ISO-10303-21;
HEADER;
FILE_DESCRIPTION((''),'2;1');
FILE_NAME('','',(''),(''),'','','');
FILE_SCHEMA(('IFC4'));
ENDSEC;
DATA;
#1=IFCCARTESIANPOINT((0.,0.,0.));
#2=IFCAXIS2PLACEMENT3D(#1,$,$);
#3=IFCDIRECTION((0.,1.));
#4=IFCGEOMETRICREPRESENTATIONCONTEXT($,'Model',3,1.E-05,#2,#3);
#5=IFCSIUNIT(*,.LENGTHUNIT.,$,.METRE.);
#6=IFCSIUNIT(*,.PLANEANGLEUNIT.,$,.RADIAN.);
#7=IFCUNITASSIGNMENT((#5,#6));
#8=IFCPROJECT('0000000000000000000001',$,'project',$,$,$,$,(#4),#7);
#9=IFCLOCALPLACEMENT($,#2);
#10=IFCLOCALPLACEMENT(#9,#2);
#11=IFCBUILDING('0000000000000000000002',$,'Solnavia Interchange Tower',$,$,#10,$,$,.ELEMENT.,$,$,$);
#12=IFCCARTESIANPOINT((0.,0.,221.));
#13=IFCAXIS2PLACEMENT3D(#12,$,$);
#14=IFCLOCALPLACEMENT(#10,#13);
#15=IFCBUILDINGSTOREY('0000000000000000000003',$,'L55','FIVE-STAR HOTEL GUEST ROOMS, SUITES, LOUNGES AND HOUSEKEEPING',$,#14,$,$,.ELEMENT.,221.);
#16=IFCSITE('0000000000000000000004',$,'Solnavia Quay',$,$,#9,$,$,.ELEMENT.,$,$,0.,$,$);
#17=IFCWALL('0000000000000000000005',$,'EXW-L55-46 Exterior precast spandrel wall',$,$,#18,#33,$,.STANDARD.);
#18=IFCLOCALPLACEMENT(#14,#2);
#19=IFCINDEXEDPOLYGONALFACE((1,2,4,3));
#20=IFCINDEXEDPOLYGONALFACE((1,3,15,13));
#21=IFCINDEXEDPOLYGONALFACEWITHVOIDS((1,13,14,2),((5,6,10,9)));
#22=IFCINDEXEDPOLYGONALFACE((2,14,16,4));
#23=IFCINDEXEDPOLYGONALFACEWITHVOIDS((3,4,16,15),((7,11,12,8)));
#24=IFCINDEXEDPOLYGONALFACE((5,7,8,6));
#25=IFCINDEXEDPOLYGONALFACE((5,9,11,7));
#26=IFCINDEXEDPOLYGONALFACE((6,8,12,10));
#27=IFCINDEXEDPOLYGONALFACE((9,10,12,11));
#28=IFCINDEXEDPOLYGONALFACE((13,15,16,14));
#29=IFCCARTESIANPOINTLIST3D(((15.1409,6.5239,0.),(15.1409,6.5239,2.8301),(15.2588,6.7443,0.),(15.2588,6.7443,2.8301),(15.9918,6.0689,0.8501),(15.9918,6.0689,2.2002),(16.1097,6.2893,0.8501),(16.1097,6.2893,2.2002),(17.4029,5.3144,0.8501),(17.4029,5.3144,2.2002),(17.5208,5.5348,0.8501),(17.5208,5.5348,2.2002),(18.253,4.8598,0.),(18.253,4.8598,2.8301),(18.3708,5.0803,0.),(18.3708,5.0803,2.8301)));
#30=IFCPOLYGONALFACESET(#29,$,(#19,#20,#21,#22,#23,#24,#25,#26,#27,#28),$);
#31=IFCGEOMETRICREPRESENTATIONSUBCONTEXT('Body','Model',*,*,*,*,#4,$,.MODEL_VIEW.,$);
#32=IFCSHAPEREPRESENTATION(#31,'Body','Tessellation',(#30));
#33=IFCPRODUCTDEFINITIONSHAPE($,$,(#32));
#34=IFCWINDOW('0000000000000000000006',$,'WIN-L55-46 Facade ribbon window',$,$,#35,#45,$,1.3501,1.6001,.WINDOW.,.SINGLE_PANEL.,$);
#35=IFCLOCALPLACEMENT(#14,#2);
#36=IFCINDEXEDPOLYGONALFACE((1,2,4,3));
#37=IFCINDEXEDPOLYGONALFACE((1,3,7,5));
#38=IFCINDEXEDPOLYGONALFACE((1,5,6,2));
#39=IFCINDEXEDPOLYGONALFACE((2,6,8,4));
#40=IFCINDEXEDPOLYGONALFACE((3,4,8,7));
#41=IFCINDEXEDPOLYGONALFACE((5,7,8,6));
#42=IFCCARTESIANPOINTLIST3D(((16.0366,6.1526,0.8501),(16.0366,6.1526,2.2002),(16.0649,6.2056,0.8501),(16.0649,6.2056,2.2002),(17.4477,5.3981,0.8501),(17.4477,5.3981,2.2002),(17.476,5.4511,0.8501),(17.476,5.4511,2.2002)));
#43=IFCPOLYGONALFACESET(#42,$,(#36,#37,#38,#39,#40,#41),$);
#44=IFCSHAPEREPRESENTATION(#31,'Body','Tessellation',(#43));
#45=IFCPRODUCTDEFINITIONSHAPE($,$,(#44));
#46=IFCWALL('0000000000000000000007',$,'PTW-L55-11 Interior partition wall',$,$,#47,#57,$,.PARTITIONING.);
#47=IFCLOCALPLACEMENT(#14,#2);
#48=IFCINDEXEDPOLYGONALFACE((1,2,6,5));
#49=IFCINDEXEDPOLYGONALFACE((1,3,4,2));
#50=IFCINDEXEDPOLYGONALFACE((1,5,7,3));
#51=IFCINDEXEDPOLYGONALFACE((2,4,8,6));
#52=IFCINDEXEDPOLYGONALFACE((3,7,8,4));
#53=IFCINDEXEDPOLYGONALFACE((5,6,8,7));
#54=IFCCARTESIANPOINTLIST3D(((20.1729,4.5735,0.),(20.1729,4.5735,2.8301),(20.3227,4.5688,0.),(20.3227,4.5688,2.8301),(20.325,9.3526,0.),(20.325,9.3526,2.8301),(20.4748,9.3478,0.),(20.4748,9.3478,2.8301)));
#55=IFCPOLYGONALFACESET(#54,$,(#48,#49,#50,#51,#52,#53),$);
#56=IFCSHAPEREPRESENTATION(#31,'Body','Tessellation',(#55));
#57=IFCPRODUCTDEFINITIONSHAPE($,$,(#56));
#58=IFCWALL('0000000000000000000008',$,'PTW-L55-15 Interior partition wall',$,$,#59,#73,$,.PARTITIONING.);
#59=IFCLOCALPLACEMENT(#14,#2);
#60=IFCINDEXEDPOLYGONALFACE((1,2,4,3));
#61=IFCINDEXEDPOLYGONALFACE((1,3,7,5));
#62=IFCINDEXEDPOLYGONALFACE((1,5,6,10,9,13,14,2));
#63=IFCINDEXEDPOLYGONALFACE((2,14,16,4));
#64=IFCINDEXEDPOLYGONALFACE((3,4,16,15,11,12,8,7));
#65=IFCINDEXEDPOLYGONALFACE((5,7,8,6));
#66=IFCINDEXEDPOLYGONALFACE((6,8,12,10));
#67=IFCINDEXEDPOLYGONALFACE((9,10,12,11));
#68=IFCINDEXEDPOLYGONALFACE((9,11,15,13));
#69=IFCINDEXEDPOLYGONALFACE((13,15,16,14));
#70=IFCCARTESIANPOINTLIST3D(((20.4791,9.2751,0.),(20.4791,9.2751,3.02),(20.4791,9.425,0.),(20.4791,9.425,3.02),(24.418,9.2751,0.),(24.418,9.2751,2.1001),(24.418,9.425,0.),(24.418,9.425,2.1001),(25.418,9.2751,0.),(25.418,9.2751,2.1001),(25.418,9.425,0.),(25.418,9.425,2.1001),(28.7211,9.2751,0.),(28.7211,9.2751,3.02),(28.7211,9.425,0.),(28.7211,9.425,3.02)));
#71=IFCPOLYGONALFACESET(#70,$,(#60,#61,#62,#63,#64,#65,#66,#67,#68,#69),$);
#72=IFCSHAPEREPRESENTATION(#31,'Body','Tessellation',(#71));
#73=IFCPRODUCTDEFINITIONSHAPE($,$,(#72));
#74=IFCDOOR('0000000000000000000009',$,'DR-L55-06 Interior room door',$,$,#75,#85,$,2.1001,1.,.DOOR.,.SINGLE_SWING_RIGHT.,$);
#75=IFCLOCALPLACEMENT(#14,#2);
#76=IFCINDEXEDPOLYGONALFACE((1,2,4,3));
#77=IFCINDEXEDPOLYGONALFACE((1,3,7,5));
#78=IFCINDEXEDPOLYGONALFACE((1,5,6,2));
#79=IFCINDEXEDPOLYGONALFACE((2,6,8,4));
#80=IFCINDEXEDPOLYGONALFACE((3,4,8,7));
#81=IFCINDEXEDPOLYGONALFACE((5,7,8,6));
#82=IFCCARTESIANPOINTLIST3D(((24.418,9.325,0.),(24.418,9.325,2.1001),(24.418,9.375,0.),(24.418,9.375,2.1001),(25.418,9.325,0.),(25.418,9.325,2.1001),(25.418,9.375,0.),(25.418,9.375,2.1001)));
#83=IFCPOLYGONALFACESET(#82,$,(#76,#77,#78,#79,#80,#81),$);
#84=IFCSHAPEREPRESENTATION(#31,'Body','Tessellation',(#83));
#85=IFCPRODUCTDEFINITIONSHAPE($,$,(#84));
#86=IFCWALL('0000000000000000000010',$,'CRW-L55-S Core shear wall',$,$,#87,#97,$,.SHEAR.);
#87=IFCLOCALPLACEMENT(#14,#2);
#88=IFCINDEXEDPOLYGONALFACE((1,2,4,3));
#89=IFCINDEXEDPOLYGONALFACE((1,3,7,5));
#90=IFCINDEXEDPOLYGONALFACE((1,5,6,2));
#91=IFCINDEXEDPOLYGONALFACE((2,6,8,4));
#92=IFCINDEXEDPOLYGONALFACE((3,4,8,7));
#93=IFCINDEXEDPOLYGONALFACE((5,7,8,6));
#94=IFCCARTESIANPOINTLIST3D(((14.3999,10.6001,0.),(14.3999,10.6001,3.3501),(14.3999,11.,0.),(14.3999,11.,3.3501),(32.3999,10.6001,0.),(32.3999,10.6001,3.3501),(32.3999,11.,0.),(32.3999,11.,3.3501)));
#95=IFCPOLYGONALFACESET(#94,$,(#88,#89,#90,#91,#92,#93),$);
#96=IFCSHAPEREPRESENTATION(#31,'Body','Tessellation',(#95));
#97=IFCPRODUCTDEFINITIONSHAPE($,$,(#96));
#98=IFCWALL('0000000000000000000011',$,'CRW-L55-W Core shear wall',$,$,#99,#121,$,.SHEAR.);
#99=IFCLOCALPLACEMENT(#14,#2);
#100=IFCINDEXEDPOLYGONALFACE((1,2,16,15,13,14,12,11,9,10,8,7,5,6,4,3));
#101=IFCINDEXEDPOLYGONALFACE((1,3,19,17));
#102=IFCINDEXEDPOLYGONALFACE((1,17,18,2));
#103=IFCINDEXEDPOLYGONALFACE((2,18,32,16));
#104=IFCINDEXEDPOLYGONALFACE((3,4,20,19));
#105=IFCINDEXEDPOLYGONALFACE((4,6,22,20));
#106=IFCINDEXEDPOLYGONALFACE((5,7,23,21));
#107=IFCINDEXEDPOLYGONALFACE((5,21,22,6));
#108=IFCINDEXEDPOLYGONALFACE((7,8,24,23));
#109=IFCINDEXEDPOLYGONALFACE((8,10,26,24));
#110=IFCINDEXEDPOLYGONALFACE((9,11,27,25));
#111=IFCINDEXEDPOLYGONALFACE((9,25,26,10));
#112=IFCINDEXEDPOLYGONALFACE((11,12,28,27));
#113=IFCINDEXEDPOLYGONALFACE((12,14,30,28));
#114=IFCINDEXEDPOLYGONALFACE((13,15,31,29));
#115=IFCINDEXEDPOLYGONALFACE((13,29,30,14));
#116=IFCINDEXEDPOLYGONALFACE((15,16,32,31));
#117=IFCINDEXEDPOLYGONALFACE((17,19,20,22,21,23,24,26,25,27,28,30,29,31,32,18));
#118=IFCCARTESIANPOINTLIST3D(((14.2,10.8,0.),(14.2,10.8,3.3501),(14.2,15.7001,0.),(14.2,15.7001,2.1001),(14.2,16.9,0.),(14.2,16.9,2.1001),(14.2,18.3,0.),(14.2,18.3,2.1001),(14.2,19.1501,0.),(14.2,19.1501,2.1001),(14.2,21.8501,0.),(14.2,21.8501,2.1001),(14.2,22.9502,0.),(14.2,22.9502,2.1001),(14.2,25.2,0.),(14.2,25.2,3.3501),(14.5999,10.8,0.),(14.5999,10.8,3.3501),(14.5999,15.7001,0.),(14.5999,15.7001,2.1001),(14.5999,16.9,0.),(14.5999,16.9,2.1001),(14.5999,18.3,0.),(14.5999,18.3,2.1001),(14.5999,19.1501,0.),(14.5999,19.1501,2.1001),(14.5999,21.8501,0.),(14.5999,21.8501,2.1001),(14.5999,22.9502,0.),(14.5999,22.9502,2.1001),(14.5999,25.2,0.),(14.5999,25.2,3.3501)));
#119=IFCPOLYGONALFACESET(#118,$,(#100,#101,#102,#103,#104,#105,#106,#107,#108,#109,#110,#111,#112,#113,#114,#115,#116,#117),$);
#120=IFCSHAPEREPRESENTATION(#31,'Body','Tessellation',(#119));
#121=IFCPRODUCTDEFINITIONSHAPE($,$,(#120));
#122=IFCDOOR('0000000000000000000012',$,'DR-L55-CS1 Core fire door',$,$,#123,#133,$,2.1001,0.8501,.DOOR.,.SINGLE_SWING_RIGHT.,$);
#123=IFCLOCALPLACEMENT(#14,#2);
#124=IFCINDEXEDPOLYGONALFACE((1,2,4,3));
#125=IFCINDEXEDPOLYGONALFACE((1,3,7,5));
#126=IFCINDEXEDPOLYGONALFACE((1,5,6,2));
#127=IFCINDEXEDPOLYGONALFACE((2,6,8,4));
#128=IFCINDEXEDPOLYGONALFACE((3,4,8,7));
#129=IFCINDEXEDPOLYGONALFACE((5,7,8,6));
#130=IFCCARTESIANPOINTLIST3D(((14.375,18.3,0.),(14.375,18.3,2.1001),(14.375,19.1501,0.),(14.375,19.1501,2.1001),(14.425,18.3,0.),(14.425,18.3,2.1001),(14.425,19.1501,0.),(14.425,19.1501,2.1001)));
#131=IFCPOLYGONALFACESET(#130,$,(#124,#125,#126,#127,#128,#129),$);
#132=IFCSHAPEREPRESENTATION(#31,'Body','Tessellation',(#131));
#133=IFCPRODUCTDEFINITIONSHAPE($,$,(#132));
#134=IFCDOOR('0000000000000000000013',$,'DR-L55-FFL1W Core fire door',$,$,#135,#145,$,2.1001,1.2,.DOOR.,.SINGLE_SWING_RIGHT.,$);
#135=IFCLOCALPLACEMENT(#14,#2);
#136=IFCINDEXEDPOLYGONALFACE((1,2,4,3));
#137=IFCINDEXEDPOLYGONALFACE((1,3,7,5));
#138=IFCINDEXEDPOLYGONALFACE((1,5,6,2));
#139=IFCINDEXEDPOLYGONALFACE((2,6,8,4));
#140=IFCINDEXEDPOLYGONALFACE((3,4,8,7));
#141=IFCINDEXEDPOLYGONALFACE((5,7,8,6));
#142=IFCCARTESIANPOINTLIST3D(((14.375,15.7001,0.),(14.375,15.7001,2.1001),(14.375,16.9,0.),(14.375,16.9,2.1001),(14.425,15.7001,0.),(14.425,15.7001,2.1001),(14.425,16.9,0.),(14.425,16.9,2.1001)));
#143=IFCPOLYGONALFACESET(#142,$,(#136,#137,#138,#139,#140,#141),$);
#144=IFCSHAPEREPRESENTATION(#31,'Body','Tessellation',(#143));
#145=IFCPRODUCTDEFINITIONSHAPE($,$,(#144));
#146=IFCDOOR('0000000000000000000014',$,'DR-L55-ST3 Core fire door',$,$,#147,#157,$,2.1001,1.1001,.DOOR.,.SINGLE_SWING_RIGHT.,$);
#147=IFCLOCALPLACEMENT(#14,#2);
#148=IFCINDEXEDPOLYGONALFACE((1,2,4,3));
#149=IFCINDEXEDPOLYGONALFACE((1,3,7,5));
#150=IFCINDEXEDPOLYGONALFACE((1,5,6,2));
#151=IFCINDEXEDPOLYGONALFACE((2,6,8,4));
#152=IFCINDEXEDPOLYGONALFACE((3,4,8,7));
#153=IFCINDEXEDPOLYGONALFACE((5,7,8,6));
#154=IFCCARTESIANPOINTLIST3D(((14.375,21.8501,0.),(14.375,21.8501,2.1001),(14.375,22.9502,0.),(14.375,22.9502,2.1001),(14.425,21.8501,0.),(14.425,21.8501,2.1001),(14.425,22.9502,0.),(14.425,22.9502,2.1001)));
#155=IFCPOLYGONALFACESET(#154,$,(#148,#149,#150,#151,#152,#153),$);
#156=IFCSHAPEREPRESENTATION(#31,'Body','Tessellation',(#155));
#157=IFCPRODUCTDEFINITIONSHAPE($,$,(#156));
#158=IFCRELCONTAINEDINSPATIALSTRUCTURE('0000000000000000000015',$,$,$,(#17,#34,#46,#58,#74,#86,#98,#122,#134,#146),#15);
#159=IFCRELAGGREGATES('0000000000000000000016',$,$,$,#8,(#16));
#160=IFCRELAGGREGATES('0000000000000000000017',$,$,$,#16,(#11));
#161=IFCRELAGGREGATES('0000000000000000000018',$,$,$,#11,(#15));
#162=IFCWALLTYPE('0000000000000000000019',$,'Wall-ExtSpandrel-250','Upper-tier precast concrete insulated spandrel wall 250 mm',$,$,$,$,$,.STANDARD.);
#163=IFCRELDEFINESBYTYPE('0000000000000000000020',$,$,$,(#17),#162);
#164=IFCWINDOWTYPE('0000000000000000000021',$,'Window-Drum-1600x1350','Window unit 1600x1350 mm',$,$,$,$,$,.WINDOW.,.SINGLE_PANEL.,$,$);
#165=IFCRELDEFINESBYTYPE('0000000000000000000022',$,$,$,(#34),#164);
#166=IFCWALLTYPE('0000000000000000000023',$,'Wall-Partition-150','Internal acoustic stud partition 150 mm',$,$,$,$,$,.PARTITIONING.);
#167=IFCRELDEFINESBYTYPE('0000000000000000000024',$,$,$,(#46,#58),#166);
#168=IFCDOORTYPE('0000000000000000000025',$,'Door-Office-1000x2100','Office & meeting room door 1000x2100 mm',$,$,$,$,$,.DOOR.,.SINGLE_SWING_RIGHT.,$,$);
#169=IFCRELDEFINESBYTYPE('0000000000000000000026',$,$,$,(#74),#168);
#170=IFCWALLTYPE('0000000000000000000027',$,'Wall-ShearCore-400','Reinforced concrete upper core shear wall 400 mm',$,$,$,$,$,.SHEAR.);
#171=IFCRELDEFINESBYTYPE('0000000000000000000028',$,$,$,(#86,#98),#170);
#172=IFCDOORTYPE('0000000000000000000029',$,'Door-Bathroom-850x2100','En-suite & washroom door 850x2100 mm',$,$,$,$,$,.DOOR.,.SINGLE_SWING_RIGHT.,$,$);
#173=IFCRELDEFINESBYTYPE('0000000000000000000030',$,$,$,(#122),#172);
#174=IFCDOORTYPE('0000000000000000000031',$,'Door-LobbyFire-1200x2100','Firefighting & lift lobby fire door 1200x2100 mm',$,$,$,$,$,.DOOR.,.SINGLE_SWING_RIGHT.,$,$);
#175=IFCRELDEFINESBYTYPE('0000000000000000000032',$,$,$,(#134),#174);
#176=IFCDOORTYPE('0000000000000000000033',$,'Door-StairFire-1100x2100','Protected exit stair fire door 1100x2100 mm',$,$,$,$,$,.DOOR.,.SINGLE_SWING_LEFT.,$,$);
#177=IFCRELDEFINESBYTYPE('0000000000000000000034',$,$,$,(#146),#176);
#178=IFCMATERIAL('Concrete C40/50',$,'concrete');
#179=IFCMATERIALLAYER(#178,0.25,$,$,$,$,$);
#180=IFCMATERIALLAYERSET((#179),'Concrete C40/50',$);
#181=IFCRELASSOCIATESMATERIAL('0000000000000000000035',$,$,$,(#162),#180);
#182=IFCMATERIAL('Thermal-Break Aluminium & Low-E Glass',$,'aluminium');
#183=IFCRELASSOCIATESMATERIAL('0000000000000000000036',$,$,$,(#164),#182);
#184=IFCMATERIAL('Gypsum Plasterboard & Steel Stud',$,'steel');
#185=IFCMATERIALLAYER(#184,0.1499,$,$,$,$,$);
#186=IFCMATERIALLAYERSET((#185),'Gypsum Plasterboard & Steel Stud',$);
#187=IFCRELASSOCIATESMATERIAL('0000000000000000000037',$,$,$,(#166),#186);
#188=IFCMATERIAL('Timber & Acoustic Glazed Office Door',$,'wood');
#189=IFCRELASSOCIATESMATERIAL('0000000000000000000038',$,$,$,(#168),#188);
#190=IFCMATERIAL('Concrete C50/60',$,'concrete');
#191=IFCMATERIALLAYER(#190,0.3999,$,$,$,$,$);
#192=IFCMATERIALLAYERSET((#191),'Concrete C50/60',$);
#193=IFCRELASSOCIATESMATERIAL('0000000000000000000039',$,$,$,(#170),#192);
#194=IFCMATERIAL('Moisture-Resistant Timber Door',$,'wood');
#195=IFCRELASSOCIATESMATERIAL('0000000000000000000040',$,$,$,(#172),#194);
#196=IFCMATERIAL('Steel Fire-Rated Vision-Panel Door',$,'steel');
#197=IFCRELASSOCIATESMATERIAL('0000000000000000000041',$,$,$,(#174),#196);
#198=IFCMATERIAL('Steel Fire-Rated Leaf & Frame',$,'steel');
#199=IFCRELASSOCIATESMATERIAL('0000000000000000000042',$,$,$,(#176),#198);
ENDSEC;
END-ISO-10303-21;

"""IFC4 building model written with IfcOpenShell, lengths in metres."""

from ifc_helpers import new_model, si_unit, direction, frame, frame_2d, origin, place, context, subcontext, project, spatial, rectangle, extrude, material, layer, layer_set, type_object, element, fill, save


model = new_model("IFC4")

# Units and contexts
model_context = context("Model", 3, precision=1e-05, world=origin(), true_north=direction((0.0, 1.0)))
body_context = subcontext(model_context, "Body", "Model", "MODEL_VIEW")
ifc_project = project(units=[si_unit("LENGTHUNIT", "METRE"), si_unit("PLANEANGLEUNIT", "RADIAN")], contexts=[model_context])

# Site, building, storey
site_placement = place(None, origin())
site = spatial("IfcSite", under=ifc_project, at=site_placement, Name="Solnavia Quay", CompositionType="ELEMENT", RefElevation=0.0)
building_placement = place(site_placement, origin())
building = spatial("IfcBuilding", under=site, at=building_placement, Name="Solnavia Interchange Tower", CompositionType="ELEMENT")
storey_placement = place(building_placement, frame((0.0, 0.0, 221.0)))
storey = spatial("IfcBuildingStorey", under=building, at=storey_placement, Name="L55", Description="FIVE-STAR HOTEL GUEST ROOMS, SUITES, LOUNGES AND HOUSEKEEPING", CompositionType="ELEMENT", Elevation=221.0)

# Shared definitions
ifc_material_1 = material(Name="Concrete C50/60", Category="concrete")

# Wall, opening, window
ifc_material_2 = material(Name="Concrete C40/50", Category="concrete")
ifc_layer_1 = layer(ifc_material_2, 0.25)
ifc_layer_set_1 = layer_set([ifc_layer_1], Name="Concrete C40/50")
wall_type_1 = type_object("IfcWallType", Name="Wall-ExtSpandrel-250", Description="Upper-tier precast concrete insulated spandrel wall 250 mm", PredefinedType="STANDARD", material=ifc_layer_set_1)
ifc_material_3 = material(Name="Thermal-Break Aluminium & Low-E Glass", Category="aluminium")
window_type = type_object("IfcWindowType", Name="Window-Drum-1600x1350", Description="Window unit 1600x1350 mm", PartitioningType="SINGLE_PANEL", PredefinedType="WINDOW", material=ifc_material_3)
wall_1_placement = place(storey_placement, frame((18.312, 4.97, 0.0), z_axis=(0.0, 0.0, 1.0), x_axis=(-0.881847, 0.471536, 0.0)))
wall_1 = element("IfcWall", 1, at=wall_1_placement, inside=storey, type_object=wall_type_1, Name="EXW-L55-46 Exterior precast spandrel wall", PredefinedType="STANDARD", context=body_context, shape_type="SweptSolid", body=[
    extrude(rectangle(XDim=3.5291, YDim=0.25, at=frame_2d((1.7646, 0.0))), origin(), (0.0, 0.0, 1.0), 2.8301),
])
opening_1_placement = place(wall_1_placement, frame((0.9641, 0.0, 0.8501)))
opening_1 = element("IfcOpeningElement", 2, at=opening_1_placement, cuts=wall_1, PredefinedType="OPENING", context=body_context, shape_type="SweptSolid", body=[
    extrude(rectangle(XDim=1.6001, YDim=1.3501, at=frame_2d((0.8, 0.675))), frame((0.0, 0.135, 0.0), z_axis=(0.0, -1.0, 0.0), x_axis=(1.0, 0.0, 0.0)), (0.0, 0.0, 1.0), 0.27),
])
window_1_placement = place(opening_1_placement, origin())
window_1 = element("IfcWindow", 3, at=window_1_placement, inside=storey, type_object=window_type, Name="WIN-L55-46 Facade ribbon window", OverallHeight=1.3501, OverallWidth=1.6001, PartitioningType="SINGLE_PANEL", PredefinedType="WINDOW", context=body_context, shape_type="SweptSolid", body=[
    extrude(rectangle(XDim=1.6001, YDim=1.3501, at=frame_2d((0.8, 0.675))), frame((0.0, 0.03, 0.0), z_axis=(0.0, -1.0, 0.0), x_axis=(1.0, 0.0, 0.0)), (0.0, 0.0, 1.0), 0.0601),
])
fill(opening_1, window_1)

# Wall
ifc_material_4 = material(Name="Gypsum Plasterboard & Steel Stud", Category="steel")
ifc_layer_2 = layer(ifc_material_4, 0.1499)
ifc_layer_set_2 = layer_set([ifc_layer_2], Name="Gypsum Plasterboard & Steel Stud")
wall_type_2 = type_object("IfcWallType", Name="Wall-Partition-150", Description="Internal acoustic stud partition 150 mm", PredefinedType="PARTITIONING", material=ifc_layer_set_2)
wall_2_placement = place(storey_placement, frame((20.3999, 9.3501, 0.0), z_axis=(0.0, 0.0, 1.0), x_axis=(-0.03181, -0.999494, 0.0)))
element("IfcWall", 4, at=wall_2_placement, inside=storey, type_object=wall_type_2, Name="PTW-L55-11 Interior partition wall", PredefinedType="PARTITIONING", context=body_context, shape_type="SweptSolid", body=[
    extrude(rectangle(XDim=4.7815, YDim=0.1499, at=frame_2d((2.3906, 0.0))), origin(), (0.0, 0.0, 1.0), 2.8301),
])

# Wall, opening, door
wall_3_placement = place(storey_placement, frame((20.479, 9.3501, 0.0), z_axis=(0.0, 0.0, 1.0), x_axis=(1.0, 0.0, 0.0)))
wall_3 = element("IfcWall", 5, at=wall_3_placement, inside=storey, type_object=wall_type_2, Name="PTW-L55-15 Interior partition wall", PredefinedType="PARTITIONING", context=body_context, shape_type="SweptSolid", body=[
    extrude(rectangle(XDim=8.2419, YDim=0.1499, at=frame_2d((4.1211, 0.0))), origin(), (0.0, 0.0, 1.0), 3.02),
])
opening_2_placement = place(wall_3_placement, frame((3.939, 0.0, 0.0)))
opening_2 = element("IfcOpeningElement", 6, at=opening_2_placement, cuts=wall_3, PredefinedType="OPENING", context=body_context, shape_type="SweptSolid", body=[
    extrude(rectangle(XDim=1.0, YDim=2.1001, at=frame_2d((0.5, 1.05))), frame((0.0, 0.085, 0.0), z_axis=(0.0, -1.0, 0.0), x_axis=(1.0, 0.0, 0.0)), (0.0, 0.0, 1.0), 0.1699),
])
ifc_material_5 = material(Name="Timber & Acoustic Glazed Office Door", Category="wood")
door_type_1 = type_object("IfcDoorType", Name="Door-Office-1000x2100", Description="Office & meeting room door 1000x2100 mm", OperationType="SINGLE_SWING_RIGHT", PredefinedType="DOOR", material=ifc_material_5)
door_1_placement = place(opening_2_placement, origin())
door_1 = element("IfcDoor", 7, at=door_1_placement, inside=storey, type_object=door_type_1, Name="DR-L55-06 Interior room door", OperationType="SINGLE_SWING_RIGHT", OverallHeight=2.1001, OverallWidth=1.0, PredefinedType="DOOR", context=body_context, shape_type="SweptSolid", body=[
    extrude(rectangle(XDim=1.0, YDim=2.1001, at=frame_2d((0.5, 1.05))), frame((0.0, 0.0249, 0.0), z_axis=(0.0, -1.0, 0.0), x_axis=(1.0, 0.0, 0.0)), (0.0, 0.0, 1.0), 0.05),
])
fill(opening_2, door_1)

# Wall
ifc_layer_3 = layer(ifc_material_1, 0.3999)
ifc_layer_set_3 = layer_set([ifc_layer_3], Name="Concrete C50/60")
wall_type_3 = type_object("IfcWallType", Name="Wall-ShearCore-400", Description="Reinforced concrete upper core shear wall 400 mm", PredefinedType="SHEAR", material=ifc_layer_set_3)
wall_4_placement = place(storey_placement, frame((14.3999, 10.8, 0.0), z_axis=(0.0, 0.0, 1.0), x_axis=(1.0, 0.0, 0.0)))
element("IfcWall", 8, at=wall_4_placement, inside=storey, type_object=wall_type_3, Name="CRW-L55-S Core shear wall", PredefinedType="SHEAR", context=body_context, shape_type="SweptSolid", body=[
    extrude(rectangle(XDim=18.0, YDim=0.3999, at=frame_2d((9.0, 0.0))), origin(), (0.0, 0.0, 1.0), 3.3501),
])

# Wall, openings, doors
wall_5_placement = place(storey_placement, frame((14.3999, 10.8, 0.0), z_axis=(0.0, 0.0, 1.0), x_axis=(0.0, 1.0, 0.0)))
wall_5 = element("IfcWall", 9, at=wall_5_placement, inside=storey, type_object=wall_type_3, Name="CRW-L55-W Core shear wall", PredefinedType="SHEAR", context=body_context, shape_type="SweptSolid", body=[
    extrude(rectangle(XDim=14.3999, YDim=0.3999, at=frame_2d((7.2, 0.0))), origin(), (0.0, 0.0, 1.0), 3.3501),
])
opening_3_placement = place(wall_5_placement, frame((11.05, 0.0, 0.0)))
opening_3 = element("IfcOpeningElement", 10, at=opening_3_placement, cuts=wall_5, PredefinedType="OPENING", context=body_context, shape_type="SweptSolid", body=[
    extrude(rectangle(XDim=1.1001, YDim=2.1001, at=frame_2d((0.55, 1.05))), frame((0.0, 0.21, 0.0), z_axis=(0.0, -1.0, 0.0), x_axis=(1.0, 0.0, 0.0)), (0.0, 0.0, 1.0), 0.4199),
])
opening_4_placement = place(wall_5_placement, frame((4.8999, 0.0, 0.0)))
opening_4 = element("IfcOpeningElement", 11, at=opening_4_placement, cuts=wall_5, PredefinedType="OPENING", context=body_context, shape_type="SweptSolid", body=[
    extrude(rectangle(XDim=1.2, YDim=2.1001, at=frame_2d((0.6001, 1.05))), frame((0.0, 0.21, 0.0), z_axis=(0.0, -1.0, 0.0), x_axis=(1.0, 0.0, 0.0)), (0.0, 0.0, 1.0), 0.4199),
])
opening_5_placement = place(wall_5_placement, frame((7.5, 0.0, 0.0)))
opening_5 = element("IfcOpeningElement", 12, at=opening_5_placement, cuts=wall_5, PredefinedType="OPENING", context=body_context, shape_type="SweptSolid", body=[
    extrude(rectangle(XDim=0.8501, YDim=2.1001, at=frame_2d((0.425, 1.05))), frame((0.0, 0.21, 0.0), z_axis=(0.0, -1.0, 0.0), x_axis=(1.0, 0.0, 0.0)), (0.0, 0.0, 1.0), 0.4199),
])
ifc_material_6 = material(Name="Moisture-Resistant Timber Door", Category="wood")
door_type_2 = type_object("IfcDoorType", Name="Door-Bathroom-850x2100", Description="En-suite & washroom door 850x2100 mm", OperationType="SINGLE_SWING_RIGHT", PredefinedType="DOOR", material=ifc_material_6)
door_2_placement = place(opening_5_placement, origin())
door_2 = element("IfcDoor", 13, at=door_2_placement, inside=storey, type_object=door_type_2, Name="DR-L55-CS1 Core fire door", OperationType="SINGLE_SWING_RIGHT", OverallHeight=2.1001, OverallWidth=0.8501, PredefinedType="DOOR", context=body_context, shape_type="SweptSolid", body=[
    extrude(rectangle(XDim=0.8501, YDim=2.1001, at=frame_2d((0.425, 1.05))), frame((0.0, 0.0249, 0.0), z_axis=(0.0, -1.0, 0.0), x_axis=(1.0, 0.0, 0.0)), (0.0, 0.0, 1.0), 0.05),
])
fill(opening_5, door_2)
ifc_material_7 = material(Name="Steel Fire-Rated Vision-Panel Door", Category="steel")
door_type_3 = type_object("IfcDoorType", Name="Door-LobbyFire-1200x2100", Description="Firefighting & lift lobby fire door 1200x2100 mm", OperationType="SINGLE_SWING_RIGHT", PredefinedType="DOOR", material=ifc_material_7)
door_3_placement = place(opening_4_placement, origin())
door_3 = element("IfcDoor", 14, at=door_3_placement, inside=storey, type_object=door_type_3, Name="DR-L55-FFL1W Core fire door", OperationType="SINGLE_SWING_RIGHT", OverallHeight=2.1001, OverallWidth=1.2, PredefinedType="DOOR", context=body_context, shape_type="SweptSolid", body=[
    extrude(rectangle(XDim=1.2, YDim=2.1001, at=frame_2d((0.6001, 1.05))), frame((0.0, 0.0249, 0.0), z_axis=(0.0, -1.0, 0.0), x_axis=(1.0, 0.0, 0.0)), (0.0, 0.0, 1.0), 0.05),
])
fill(opening_4, door_3)
ifc_material_8 = material(Name="Steel Fire-Rated Leaf & Frame", Category="steel")
door_type_4 = type_object("IfcDoorType", Name="Door-StairFire-1100x2100", Description="Protected exit stair fire door 1100x2100 mm", OperationType="SINGLE_SWING_LEFT", PredefinedType="DOOR", material=ifc_material_8)
door_4_placement = place(opening_3_placement, origin())
door_4 = element("IfcDoor", 15, at=door_4_placement, inside=storey, type_object=door_type_4, Name="DR-L55-ST3 Core fire door", OperationType="SINGLE_SWING_RIGHT", OverallHeight=2.1001, OverallWidth=1.1001, PredefinedType="DOOR", context=body_context, shape_type="SweptSolid", body=[
    extrude(rectangle(XDim=1.1001, YDim=2.1001, at=frame_2d((0.55, 1.05))), frame((0.0, 0.0249, 0.0), z_axis=(0.0, -1.0, 0.0), x_axis=(1.0, 0.0, 0.0)), (0.0, 0.0, 1.0), 0.05),
])
fill(opening_3, door_4)

save(model, "model.ifc")
